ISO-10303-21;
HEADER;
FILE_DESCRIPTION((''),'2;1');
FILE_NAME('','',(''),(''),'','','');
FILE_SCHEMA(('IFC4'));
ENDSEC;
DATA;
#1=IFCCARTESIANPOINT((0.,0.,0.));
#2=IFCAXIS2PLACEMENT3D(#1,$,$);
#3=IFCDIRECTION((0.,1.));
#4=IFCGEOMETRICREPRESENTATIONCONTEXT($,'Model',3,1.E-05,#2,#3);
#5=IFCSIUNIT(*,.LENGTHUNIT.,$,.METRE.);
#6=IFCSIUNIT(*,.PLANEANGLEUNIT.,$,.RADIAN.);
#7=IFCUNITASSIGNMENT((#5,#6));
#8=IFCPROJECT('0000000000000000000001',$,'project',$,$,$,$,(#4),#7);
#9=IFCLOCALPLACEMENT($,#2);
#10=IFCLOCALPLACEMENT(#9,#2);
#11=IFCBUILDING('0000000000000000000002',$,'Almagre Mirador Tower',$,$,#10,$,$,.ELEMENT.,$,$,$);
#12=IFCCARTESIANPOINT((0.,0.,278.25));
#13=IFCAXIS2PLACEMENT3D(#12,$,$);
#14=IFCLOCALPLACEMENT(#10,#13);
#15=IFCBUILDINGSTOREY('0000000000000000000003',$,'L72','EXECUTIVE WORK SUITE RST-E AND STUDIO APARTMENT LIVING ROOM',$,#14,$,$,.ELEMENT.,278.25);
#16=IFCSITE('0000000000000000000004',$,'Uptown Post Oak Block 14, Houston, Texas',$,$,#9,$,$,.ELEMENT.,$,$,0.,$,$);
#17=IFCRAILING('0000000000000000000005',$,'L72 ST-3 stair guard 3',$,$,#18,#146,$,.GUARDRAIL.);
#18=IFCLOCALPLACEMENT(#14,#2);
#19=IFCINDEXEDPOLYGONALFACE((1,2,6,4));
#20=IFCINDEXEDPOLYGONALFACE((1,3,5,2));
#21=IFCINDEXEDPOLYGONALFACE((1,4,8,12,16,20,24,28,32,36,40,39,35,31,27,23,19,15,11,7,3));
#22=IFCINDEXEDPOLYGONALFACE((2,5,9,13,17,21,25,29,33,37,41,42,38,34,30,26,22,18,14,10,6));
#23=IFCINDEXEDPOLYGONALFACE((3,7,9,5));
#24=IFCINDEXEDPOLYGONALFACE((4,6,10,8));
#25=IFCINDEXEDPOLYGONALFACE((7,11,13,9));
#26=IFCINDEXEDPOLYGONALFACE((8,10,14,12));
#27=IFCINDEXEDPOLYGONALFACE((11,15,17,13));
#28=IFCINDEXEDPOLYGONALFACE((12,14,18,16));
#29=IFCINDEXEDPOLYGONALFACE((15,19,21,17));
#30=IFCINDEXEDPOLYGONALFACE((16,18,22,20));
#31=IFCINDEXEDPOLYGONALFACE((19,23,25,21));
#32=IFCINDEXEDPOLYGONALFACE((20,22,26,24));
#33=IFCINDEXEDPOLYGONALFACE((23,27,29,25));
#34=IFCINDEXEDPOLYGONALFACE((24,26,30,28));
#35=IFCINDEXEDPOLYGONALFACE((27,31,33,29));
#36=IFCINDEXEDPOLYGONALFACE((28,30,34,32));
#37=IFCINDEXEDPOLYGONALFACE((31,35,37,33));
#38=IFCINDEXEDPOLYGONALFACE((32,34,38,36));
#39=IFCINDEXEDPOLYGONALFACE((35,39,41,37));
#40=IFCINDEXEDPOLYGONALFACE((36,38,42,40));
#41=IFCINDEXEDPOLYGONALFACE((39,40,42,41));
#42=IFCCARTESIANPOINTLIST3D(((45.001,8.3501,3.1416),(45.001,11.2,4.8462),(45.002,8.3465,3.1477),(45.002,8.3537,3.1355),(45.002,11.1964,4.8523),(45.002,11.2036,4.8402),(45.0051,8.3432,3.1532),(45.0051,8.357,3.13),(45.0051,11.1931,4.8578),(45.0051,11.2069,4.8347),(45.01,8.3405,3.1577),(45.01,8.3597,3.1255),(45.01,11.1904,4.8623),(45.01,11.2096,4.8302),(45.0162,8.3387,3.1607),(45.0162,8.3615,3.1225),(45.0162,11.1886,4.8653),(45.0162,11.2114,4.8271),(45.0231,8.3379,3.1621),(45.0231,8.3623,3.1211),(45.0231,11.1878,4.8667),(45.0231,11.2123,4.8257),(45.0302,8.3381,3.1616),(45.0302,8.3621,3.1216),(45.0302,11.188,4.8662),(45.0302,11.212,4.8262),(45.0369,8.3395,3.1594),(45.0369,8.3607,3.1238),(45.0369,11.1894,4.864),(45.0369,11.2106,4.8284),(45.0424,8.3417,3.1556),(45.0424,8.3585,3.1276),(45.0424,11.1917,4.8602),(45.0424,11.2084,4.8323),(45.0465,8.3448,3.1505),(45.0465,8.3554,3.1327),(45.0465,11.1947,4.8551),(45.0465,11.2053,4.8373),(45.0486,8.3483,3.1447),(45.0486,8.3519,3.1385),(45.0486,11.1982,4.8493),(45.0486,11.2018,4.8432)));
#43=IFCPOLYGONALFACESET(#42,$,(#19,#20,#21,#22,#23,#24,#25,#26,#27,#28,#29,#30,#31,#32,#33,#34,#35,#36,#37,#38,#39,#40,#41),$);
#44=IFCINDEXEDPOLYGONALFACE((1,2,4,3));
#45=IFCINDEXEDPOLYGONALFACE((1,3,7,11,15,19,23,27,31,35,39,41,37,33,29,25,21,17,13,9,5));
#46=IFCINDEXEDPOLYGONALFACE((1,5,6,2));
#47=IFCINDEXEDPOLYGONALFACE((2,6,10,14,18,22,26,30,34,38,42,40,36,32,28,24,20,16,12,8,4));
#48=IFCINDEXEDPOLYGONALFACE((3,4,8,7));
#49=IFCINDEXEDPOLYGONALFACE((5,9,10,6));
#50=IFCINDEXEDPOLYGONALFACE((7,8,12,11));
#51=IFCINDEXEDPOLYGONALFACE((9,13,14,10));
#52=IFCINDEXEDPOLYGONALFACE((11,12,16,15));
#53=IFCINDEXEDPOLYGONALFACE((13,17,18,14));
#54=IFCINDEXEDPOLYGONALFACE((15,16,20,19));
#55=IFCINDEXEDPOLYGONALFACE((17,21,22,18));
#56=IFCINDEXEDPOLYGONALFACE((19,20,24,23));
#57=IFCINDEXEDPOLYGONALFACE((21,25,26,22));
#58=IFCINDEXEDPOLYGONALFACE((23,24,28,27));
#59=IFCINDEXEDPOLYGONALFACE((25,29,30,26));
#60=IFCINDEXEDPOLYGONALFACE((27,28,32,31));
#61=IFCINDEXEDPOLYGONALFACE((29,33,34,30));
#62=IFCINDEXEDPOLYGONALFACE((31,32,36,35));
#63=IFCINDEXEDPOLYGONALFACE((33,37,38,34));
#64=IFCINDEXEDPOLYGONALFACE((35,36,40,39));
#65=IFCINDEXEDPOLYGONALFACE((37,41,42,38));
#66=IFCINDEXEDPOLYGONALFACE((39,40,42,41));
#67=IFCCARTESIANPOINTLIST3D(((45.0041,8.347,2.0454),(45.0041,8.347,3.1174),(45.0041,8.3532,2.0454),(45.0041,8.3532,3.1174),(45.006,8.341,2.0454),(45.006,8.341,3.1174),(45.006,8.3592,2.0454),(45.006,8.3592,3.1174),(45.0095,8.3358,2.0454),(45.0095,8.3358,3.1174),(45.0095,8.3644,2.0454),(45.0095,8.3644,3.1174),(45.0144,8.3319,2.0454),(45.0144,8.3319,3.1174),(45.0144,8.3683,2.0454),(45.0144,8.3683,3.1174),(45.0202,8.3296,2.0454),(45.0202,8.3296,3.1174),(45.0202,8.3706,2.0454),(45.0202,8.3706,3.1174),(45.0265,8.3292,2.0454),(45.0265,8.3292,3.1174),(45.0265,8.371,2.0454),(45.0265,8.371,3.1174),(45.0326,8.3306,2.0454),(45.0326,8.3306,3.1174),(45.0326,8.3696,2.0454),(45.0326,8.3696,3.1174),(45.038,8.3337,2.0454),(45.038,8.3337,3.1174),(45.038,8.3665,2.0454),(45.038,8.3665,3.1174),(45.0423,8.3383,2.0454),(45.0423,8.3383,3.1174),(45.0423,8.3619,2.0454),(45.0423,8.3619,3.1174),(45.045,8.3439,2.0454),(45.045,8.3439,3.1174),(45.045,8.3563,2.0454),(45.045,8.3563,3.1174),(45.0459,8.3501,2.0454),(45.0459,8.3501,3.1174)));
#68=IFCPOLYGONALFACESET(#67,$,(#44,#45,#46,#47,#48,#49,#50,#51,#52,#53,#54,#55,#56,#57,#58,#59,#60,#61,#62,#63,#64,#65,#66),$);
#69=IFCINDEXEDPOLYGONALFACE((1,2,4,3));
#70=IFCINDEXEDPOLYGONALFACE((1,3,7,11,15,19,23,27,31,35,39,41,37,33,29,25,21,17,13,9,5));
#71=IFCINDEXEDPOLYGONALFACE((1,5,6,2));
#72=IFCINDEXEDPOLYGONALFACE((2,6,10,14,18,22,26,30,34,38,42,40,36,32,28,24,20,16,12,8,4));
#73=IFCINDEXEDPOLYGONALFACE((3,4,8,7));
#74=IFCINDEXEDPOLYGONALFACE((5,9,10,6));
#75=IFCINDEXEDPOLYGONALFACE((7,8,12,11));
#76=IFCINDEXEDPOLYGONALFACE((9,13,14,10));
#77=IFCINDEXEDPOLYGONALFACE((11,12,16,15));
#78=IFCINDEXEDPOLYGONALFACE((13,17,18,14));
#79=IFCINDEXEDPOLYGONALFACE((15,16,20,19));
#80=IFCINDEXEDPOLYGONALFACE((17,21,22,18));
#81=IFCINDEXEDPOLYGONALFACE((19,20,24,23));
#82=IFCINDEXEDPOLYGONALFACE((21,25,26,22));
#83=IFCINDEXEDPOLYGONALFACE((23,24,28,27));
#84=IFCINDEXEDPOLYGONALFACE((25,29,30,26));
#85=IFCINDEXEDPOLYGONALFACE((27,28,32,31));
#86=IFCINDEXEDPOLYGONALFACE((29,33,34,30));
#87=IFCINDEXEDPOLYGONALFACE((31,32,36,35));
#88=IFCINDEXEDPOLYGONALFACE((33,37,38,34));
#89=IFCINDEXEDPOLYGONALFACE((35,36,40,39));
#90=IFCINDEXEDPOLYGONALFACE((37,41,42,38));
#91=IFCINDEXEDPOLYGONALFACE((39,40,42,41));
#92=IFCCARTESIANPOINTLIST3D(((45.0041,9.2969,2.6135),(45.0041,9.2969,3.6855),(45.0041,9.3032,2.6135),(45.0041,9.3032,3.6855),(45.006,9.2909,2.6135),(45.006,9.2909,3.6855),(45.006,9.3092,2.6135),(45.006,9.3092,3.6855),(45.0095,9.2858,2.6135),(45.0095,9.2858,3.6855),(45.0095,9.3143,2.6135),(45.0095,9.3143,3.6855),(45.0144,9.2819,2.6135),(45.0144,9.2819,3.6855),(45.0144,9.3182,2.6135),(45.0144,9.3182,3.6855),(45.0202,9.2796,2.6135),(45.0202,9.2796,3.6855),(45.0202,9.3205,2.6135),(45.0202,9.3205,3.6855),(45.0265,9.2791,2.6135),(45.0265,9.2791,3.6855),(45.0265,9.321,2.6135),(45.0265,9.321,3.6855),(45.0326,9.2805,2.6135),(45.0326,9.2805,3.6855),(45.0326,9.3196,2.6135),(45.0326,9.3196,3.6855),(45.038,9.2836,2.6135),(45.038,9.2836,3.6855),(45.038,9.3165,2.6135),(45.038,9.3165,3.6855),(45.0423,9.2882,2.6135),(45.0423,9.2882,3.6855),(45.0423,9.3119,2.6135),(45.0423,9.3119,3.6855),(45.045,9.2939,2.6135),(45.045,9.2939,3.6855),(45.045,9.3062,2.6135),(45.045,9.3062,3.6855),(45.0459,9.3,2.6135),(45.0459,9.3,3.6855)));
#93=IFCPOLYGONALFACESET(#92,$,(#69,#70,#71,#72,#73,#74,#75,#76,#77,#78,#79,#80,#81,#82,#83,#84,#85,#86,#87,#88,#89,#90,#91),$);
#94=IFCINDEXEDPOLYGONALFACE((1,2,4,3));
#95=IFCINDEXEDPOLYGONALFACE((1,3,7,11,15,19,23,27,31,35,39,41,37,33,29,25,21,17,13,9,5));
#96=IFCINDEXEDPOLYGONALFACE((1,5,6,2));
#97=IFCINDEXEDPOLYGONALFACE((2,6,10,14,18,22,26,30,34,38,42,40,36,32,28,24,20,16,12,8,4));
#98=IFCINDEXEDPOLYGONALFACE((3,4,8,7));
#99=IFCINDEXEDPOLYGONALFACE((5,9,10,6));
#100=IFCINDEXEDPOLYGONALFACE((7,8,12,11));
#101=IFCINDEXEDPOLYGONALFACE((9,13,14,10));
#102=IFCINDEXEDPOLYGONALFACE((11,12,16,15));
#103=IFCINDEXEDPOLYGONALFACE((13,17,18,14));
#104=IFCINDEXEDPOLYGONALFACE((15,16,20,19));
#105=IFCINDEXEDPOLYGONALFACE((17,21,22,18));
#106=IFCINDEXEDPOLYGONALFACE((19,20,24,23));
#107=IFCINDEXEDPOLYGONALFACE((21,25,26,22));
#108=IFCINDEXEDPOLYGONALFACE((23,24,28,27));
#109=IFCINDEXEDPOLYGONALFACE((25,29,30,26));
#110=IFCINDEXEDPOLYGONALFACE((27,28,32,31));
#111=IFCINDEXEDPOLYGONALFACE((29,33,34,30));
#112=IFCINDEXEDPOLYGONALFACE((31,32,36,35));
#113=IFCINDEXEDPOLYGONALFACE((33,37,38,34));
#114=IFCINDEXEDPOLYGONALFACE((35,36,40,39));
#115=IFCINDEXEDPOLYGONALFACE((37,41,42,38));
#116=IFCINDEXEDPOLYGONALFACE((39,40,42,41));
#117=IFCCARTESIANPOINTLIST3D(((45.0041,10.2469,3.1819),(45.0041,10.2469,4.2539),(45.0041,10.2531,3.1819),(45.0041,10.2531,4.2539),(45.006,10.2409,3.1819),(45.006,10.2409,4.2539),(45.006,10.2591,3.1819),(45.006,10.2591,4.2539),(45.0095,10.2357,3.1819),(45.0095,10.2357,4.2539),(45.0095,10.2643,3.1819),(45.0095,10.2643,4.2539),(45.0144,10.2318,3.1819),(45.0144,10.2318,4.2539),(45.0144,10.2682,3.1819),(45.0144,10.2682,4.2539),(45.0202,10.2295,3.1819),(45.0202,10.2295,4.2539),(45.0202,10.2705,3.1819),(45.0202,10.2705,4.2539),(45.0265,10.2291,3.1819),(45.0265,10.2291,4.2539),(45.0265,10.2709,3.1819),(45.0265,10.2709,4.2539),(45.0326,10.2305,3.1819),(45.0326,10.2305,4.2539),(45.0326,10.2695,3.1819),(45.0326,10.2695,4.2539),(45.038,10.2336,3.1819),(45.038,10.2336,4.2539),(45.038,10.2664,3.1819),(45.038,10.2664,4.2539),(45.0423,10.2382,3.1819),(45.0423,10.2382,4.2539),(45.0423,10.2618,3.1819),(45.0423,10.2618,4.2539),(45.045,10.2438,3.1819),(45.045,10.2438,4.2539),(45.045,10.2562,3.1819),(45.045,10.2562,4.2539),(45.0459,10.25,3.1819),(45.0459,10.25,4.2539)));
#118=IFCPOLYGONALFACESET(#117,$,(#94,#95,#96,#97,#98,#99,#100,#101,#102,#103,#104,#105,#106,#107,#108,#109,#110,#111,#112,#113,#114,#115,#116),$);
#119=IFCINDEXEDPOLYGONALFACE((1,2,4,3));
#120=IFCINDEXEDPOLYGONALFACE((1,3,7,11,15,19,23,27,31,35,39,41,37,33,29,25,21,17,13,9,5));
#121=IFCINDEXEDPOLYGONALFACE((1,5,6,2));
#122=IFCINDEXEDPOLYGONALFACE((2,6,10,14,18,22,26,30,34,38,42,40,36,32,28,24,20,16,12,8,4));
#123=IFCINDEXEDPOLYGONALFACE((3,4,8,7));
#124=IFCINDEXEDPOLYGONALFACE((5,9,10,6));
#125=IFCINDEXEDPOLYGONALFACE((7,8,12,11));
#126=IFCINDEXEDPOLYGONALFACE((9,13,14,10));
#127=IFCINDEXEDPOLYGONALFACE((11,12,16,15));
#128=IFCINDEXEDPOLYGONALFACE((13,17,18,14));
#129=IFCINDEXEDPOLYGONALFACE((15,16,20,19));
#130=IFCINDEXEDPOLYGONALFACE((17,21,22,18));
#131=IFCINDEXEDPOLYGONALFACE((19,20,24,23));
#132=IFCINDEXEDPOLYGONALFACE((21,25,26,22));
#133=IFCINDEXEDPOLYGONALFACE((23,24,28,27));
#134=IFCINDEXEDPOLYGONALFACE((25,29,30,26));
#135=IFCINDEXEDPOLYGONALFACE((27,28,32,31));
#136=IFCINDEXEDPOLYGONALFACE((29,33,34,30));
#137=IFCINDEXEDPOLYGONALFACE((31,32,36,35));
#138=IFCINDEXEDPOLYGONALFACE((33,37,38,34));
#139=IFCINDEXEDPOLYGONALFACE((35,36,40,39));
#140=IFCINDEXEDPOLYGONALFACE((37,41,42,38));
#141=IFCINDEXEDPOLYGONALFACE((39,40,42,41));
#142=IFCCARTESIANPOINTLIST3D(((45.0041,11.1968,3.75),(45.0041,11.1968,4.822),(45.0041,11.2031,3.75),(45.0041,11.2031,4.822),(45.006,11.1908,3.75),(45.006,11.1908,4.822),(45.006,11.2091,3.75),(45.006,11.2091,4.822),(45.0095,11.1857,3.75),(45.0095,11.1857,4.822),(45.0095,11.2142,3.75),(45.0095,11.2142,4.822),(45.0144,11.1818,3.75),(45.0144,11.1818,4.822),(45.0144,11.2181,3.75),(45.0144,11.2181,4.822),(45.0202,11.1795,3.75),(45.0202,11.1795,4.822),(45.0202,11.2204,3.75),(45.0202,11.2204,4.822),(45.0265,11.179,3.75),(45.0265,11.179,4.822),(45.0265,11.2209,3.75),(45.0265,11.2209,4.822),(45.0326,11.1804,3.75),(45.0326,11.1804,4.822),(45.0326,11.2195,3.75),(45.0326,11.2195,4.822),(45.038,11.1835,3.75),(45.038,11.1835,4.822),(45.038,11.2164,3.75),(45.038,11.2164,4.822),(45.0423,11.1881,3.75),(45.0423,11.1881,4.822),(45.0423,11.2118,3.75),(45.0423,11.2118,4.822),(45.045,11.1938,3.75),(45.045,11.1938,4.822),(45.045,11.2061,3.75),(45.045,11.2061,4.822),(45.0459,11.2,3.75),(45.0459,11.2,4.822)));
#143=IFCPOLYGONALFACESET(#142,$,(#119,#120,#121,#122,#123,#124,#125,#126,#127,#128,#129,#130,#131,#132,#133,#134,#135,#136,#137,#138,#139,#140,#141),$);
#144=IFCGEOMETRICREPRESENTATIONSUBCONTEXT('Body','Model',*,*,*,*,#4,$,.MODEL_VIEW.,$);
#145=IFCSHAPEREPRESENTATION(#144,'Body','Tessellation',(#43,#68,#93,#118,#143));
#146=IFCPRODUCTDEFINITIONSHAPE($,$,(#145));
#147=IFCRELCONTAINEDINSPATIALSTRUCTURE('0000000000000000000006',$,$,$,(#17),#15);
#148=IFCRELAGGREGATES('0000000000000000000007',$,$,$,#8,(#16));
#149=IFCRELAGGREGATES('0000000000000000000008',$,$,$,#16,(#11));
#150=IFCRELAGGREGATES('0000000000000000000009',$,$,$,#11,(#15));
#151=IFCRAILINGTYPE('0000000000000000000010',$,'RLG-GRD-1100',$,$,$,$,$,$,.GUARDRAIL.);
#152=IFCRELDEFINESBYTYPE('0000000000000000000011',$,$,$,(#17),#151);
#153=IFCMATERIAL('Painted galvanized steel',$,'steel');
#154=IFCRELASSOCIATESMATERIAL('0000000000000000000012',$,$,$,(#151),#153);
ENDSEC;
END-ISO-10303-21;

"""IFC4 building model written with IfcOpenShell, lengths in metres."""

from ifc_helpers import new_model, si_unit, direction, frame, origin, origin_2d, place, context, subcontext, project, spatial, circle, extrude, material, type_object, element, save


model = new_model("IFC4")

# Units and contexts
model_context = context("Model", 3, precision=1e-05, world=origin(), true_north=direction((0.0, 1.0)))
body_context = subcontext(model_context, "Body", "Model", "MODEL_VIEW")
ifc_project = project(units=[si_unit("LENGTHUNIT", "METRE"), si_unit("PLANEANGLEUNIT", "RADIAN")], contexts=[model_context])

# Site, building, storey
site_placement = place(None, origin())
site = spatial("IfcSite", under=ifc_project, at=site_placement, Name="Uptown Post Oak Block 14, Houston, Texas", CompositionType="ELEMENT", RefElevation=0.0)
building_placement = place(site_placement, origin())
building = spatial("IfcBuilding", under=site, at=building_placement, Name="Almagre Mirador Tower", CompositionType="ELEMENT")
storey_placement = place(building_placement, frame((0.0, 0.0, 278.25)))
storey = spatial("IfcBuildingStorey", under=building, at=storey_placement, Name="L72", Description="EXECUTIVE WORK SUITE RST-E AND STUDIO APARTMENT LIVING ROOM", CompositionType="ELEMENT", Elevation=278.25)

# Railing
ifc_material_1 = material(Name="Painted galvanized steel", Category="steel")
railing_type_1 = type_object("IfcRailingType", Name="RLG-GRD-1100", PredefinedType="GUARDRAIL", material=ifc_material_1)
railing_1_placement = place(storey_placement, frame((45.0249, 8.3501, 2.0454)))
element("IfcRailing", 1, at=railing_1_placement, inside=storey, type_object=railing_type_1, Name="L72 ST-3 stair guard 3", PredefinedType="GUARDRAIL", context=body_context, shape_type="SweptSolid", body=[
    extrude(circle(Radius=0.0239, at=origin_2d()), frame((0.0, 0.0, 1.0962), z_axis=(0.0, 0.858199, 0.513317), x_axis=(-1.0, 0.0, 0.0)), (0.0, 0.0, 1.0), 3.3208),
    extrude(circle(Radius=0.021, at=origin_2d()), origin(), (0.0, 0.0, 1.0), 1.072),
    extrude(circle(Radius=0.021, at=origin_2d()), frame((0.0, 0.95, 0.5681)), (0.0, 0.0, 1.0), 1.072),
    extrude(circle(Radius=0.021, at=origin_2d()), frame((0.0, 1.8999, 1.1365)), (0.0, 0.0, 1.0), 1.072),
    extrude(circle(Radius=0.021, at=origin_2d()), frame((0.0, 2.8499, 1.7046)), (0.0, 0.0, 1.0), 1.072),
])

save(model, "model.ifc")
